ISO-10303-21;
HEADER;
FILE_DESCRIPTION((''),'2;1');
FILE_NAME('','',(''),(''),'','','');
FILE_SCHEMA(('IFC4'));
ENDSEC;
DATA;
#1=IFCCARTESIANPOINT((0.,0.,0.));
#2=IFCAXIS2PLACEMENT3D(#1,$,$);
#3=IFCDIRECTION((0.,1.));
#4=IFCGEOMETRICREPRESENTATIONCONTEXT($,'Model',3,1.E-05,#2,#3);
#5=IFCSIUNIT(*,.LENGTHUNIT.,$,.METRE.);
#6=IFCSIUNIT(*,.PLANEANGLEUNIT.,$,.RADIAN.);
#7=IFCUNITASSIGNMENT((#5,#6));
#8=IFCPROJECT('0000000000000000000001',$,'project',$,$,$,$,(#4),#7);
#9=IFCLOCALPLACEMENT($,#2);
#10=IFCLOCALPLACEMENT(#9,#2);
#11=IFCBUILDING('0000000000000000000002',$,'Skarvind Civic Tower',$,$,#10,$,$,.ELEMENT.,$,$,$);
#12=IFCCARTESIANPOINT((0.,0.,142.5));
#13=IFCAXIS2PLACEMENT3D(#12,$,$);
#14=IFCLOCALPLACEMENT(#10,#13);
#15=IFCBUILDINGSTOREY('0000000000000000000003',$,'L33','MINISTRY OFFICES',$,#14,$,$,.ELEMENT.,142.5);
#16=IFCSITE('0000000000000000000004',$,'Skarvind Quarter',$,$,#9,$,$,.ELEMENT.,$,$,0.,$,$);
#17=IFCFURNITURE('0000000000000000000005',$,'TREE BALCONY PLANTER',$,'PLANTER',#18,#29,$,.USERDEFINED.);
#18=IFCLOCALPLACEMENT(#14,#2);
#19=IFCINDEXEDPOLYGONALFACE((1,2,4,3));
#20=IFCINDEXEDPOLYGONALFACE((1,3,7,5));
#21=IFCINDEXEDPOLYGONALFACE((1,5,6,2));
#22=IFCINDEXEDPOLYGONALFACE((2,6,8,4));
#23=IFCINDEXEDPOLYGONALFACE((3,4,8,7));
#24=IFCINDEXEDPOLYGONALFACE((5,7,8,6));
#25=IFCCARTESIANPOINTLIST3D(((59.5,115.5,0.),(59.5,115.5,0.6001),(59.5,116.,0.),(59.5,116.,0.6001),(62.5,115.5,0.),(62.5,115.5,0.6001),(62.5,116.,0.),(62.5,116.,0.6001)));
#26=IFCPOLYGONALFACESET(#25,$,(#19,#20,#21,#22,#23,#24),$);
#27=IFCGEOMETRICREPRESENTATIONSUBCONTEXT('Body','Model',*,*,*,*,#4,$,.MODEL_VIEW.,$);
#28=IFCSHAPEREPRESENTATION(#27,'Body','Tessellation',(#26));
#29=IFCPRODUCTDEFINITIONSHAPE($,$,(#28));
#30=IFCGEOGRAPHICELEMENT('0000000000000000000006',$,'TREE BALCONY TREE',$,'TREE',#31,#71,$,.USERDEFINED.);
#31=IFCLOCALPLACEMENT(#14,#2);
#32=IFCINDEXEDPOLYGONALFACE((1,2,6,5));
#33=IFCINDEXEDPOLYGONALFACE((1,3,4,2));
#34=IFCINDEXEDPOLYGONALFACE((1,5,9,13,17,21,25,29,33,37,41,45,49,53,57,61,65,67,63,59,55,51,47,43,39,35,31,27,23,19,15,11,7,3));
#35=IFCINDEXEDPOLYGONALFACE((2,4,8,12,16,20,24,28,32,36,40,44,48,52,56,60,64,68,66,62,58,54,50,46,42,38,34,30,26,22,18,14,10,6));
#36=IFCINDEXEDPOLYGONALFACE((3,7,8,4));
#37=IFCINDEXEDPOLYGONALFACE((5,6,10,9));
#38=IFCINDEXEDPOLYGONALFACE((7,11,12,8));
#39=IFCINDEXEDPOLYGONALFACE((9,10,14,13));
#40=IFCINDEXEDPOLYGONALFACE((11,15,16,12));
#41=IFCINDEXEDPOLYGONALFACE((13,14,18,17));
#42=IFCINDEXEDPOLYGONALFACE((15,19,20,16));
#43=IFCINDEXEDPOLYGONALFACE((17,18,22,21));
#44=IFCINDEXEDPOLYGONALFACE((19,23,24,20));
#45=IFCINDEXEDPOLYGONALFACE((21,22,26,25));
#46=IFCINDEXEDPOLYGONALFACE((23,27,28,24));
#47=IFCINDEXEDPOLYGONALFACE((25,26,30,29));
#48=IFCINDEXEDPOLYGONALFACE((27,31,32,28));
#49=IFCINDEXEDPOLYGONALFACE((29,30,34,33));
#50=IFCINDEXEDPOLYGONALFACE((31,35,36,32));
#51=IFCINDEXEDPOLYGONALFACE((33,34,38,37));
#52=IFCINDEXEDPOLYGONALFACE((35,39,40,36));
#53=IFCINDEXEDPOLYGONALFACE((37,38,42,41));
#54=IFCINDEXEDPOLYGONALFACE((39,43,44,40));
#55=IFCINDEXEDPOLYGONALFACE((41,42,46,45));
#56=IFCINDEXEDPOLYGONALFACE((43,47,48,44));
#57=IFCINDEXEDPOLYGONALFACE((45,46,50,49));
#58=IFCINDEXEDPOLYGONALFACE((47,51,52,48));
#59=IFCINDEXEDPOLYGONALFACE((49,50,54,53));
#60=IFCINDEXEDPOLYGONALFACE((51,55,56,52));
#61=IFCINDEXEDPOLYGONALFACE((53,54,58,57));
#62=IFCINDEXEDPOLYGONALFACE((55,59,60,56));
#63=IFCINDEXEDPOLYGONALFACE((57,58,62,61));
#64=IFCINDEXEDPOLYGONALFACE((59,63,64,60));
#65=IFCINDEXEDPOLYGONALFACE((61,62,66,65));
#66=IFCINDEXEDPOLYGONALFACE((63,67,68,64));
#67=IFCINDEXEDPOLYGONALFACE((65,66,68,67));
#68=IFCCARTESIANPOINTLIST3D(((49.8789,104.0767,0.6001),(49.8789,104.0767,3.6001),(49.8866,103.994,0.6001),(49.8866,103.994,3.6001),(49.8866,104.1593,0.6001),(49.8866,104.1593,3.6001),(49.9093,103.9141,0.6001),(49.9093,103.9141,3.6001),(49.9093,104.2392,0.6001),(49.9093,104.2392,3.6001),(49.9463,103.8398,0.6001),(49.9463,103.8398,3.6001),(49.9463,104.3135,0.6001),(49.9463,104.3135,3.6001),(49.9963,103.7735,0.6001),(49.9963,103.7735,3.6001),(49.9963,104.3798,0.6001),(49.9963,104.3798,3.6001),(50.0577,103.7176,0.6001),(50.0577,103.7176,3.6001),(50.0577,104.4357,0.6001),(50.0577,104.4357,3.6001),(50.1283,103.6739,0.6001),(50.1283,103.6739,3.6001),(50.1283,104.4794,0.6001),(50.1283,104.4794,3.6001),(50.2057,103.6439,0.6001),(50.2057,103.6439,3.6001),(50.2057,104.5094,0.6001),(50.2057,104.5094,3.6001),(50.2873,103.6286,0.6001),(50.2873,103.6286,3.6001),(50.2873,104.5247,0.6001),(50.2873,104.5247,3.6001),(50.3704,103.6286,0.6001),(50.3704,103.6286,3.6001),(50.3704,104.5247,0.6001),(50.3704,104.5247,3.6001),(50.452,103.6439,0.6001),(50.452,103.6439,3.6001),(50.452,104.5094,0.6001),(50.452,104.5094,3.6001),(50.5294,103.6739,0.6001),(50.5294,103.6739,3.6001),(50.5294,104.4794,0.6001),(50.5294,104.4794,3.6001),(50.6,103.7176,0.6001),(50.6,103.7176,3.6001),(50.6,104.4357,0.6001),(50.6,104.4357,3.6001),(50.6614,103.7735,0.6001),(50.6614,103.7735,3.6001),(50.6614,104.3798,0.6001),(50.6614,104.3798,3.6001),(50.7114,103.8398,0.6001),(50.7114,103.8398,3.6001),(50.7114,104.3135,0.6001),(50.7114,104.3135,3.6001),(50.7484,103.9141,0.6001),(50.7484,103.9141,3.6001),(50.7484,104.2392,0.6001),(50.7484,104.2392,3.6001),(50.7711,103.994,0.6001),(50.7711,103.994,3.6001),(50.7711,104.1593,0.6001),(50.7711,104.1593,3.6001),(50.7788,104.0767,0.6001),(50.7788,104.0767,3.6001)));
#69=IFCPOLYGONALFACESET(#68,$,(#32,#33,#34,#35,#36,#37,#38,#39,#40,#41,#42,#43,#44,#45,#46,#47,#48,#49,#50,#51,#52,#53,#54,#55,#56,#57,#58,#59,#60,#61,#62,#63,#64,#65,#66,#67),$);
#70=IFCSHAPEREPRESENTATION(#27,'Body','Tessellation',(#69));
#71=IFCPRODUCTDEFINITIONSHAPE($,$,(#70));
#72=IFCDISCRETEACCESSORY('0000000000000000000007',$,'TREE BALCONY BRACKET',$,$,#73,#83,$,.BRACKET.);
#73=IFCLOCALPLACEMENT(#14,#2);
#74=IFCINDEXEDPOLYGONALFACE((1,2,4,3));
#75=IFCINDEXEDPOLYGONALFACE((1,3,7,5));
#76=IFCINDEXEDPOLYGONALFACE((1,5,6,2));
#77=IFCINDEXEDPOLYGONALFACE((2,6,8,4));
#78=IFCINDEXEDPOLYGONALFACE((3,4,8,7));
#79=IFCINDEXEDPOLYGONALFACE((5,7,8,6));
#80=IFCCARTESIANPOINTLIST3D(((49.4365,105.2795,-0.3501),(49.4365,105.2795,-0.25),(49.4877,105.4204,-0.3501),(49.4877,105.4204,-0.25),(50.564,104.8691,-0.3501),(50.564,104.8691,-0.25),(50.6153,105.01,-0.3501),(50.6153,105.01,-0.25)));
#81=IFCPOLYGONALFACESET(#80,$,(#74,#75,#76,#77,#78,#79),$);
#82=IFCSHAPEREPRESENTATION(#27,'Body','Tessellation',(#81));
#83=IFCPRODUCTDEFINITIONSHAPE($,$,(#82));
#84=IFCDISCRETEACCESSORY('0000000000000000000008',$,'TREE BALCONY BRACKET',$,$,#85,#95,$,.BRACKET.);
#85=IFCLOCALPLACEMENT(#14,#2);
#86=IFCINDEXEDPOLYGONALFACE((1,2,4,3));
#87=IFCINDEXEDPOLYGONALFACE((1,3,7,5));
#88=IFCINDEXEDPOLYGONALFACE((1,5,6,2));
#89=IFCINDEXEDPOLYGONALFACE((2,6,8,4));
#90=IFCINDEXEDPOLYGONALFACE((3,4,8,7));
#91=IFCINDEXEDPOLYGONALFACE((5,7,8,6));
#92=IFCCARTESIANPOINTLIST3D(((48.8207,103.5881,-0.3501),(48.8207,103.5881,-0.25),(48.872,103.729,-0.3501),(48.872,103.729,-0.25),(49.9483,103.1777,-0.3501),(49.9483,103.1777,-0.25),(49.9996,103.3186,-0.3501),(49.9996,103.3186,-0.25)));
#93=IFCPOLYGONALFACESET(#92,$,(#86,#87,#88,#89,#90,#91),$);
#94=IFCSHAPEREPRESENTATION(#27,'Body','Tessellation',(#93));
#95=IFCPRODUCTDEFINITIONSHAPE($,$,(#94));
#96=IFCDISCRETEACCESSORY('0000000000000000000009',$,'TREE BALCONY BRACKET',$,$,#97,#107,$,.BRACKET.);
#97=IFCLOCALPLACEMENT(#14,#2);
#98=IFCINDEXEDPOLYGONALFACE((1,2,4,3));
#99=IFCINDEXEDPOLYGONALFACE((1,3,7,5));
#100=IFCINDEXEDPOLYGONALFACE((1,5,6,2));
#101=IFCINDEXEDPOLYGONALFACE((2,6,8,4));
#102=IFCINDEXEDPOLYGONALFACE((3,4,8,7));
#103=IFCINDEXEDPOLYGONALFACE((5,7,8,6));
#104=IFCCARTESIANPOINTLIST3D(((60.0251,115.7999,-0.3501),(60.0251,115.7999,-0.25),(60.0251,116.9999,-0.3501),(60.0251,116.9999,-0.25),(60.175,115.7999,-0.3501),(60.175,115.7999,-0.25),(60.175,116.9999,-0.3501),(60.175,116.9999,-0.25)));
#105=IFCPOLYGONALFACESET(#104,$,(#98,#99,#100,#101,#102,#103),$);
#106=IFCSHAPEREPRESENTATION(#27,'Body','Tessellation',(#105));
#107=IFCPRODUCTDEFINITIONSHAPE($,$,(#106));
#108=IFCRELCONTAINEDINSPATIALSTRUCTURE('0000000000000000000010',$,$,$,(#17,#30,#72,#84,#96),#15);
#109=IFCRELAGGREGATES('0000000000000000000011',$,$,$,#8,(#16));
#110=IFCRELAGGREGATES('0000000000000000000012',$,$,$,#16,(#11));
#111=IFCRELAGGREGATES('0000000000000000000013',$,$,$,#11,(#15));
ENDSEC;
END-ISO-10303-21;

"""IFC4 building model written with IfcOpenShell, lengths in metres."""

from ifc_helpers import new_model, si_unit, direction, frame, origin, origin_2d, place, context, subcontext, project, spatial, rectangle, circle, extrude, element, save


model = new_model("IFC4")

# Units and contexts
model_context = context("Model", 3, precision=1e-05, world=origin(), true_north=direction((0.0, 1.0)))
body_context = subcontext(model_context, "Body", "Model", "MODEL_VIEW")
ifc_project = project(units=[si_unit("LENGTHUNIT", "METRE"), si_unit("PLANEANGLEUNIT", "RADIAN")], contexts=[model_context])

# Site, building, storey
site_placement = place(None, origin())
site = spatial("IfcSite", under=ifc_project, at=site_placement, Name="Skarvind Quarter", CompositionType="ELEMENT", RefElevation=0.0)
building_placement = place(site_placement, origin())
building = spatial("IfcBuilding", under=site, at=building_placement, Name="Skarvind Civic Tower", CompositionType="ELEMENT")
storey_placement = place(building_placement, frame((0.0, 0.0, 142.5)))
storey = spatial("IfcBuildingStorey", under=building, at=storey_placement, Name="L33", Description="MINISTRY OFFICES", CompositionType="ELEMENT", Elevation=142.5)

# Furniture
for number, where, z_axis, x_axis, name in (
    (1, (61.0, 115.75, 0.0), (0.0, 0.0, 1.0), (-1.0, 0.0, 0.0), "TREE BALCONY PLANTER"),
):
    element("IfcFurniture", number, at=place(storey_placement, frame(where, z_axis=z_axis, x_axis=x_axis)), inside=storey, Name=name, ObjectType="PLANTER", PredefinedType="USERDEFINED", context=body_context, shape_type="SweptSolid", body=[
        extrude(rectangle(XDim=3.0, YDim=0.5, at=origin_2d()), origin(), (0.0, 0.0, 1.0), 0.6001),
    ])

# Geographic element
geographic_element_placement = place(storey_placement, frame((50.3289, 104.0767, 0.6001), z_axis=(0.0, 0.0, 1.0), x_axis=(1.0, 0.0, 0.0)))
element("IfcGeographicElement", 2, at=geographic_element_placement, inside=storey, Name="TREE BALCONY TREE", ObjectType="TREE", PredefinedType="USERDEFINED", context=body_context, shape_type="SweptSolid", body=[
    extrude(circle(Radius=0.45, at=origin_2d()), origin(), (0.0, 0.0, 1.0), 3.0),
])

# Discrete accessories
for number, where, z_axis, x_axis, name in (
    (3, (50.0259, 105.1448, -0.3501), (0.0, 0.0, 1.0), (-0.34202, -0.939693, 0.0), "TREE BALCONY BRACKET"),
    (4, (49.4102, 103.4534, -0.3501), (0.0, 0.0, 1.0), (-0.34202, -0.939693, 0.0), "TREE BALCONY BRACKET"),
    (5, (60.1001, 116.3999, -0.3501), (0.0, 0.0, 1.0), (-1.0, 0.0, 0.0), "TREE BALCONY BRACKET"),
):
    element("IfcDiscreteAccessory", number, at=place(storey_placement, frame(where, z_axis=z_axis, x_axis=x_axis)), inside=storey, Name=name, PredefinedType="BRACKET", context=body_context, shape_type="SweptSolid", body=[
        extrude(rectangle(XDim=0.1499, YDim=1.2, at=origin_2d()), origin(), (0.0, 0.0, 1.0), 0.1001),
    ])

save(model, "model.ifc")
